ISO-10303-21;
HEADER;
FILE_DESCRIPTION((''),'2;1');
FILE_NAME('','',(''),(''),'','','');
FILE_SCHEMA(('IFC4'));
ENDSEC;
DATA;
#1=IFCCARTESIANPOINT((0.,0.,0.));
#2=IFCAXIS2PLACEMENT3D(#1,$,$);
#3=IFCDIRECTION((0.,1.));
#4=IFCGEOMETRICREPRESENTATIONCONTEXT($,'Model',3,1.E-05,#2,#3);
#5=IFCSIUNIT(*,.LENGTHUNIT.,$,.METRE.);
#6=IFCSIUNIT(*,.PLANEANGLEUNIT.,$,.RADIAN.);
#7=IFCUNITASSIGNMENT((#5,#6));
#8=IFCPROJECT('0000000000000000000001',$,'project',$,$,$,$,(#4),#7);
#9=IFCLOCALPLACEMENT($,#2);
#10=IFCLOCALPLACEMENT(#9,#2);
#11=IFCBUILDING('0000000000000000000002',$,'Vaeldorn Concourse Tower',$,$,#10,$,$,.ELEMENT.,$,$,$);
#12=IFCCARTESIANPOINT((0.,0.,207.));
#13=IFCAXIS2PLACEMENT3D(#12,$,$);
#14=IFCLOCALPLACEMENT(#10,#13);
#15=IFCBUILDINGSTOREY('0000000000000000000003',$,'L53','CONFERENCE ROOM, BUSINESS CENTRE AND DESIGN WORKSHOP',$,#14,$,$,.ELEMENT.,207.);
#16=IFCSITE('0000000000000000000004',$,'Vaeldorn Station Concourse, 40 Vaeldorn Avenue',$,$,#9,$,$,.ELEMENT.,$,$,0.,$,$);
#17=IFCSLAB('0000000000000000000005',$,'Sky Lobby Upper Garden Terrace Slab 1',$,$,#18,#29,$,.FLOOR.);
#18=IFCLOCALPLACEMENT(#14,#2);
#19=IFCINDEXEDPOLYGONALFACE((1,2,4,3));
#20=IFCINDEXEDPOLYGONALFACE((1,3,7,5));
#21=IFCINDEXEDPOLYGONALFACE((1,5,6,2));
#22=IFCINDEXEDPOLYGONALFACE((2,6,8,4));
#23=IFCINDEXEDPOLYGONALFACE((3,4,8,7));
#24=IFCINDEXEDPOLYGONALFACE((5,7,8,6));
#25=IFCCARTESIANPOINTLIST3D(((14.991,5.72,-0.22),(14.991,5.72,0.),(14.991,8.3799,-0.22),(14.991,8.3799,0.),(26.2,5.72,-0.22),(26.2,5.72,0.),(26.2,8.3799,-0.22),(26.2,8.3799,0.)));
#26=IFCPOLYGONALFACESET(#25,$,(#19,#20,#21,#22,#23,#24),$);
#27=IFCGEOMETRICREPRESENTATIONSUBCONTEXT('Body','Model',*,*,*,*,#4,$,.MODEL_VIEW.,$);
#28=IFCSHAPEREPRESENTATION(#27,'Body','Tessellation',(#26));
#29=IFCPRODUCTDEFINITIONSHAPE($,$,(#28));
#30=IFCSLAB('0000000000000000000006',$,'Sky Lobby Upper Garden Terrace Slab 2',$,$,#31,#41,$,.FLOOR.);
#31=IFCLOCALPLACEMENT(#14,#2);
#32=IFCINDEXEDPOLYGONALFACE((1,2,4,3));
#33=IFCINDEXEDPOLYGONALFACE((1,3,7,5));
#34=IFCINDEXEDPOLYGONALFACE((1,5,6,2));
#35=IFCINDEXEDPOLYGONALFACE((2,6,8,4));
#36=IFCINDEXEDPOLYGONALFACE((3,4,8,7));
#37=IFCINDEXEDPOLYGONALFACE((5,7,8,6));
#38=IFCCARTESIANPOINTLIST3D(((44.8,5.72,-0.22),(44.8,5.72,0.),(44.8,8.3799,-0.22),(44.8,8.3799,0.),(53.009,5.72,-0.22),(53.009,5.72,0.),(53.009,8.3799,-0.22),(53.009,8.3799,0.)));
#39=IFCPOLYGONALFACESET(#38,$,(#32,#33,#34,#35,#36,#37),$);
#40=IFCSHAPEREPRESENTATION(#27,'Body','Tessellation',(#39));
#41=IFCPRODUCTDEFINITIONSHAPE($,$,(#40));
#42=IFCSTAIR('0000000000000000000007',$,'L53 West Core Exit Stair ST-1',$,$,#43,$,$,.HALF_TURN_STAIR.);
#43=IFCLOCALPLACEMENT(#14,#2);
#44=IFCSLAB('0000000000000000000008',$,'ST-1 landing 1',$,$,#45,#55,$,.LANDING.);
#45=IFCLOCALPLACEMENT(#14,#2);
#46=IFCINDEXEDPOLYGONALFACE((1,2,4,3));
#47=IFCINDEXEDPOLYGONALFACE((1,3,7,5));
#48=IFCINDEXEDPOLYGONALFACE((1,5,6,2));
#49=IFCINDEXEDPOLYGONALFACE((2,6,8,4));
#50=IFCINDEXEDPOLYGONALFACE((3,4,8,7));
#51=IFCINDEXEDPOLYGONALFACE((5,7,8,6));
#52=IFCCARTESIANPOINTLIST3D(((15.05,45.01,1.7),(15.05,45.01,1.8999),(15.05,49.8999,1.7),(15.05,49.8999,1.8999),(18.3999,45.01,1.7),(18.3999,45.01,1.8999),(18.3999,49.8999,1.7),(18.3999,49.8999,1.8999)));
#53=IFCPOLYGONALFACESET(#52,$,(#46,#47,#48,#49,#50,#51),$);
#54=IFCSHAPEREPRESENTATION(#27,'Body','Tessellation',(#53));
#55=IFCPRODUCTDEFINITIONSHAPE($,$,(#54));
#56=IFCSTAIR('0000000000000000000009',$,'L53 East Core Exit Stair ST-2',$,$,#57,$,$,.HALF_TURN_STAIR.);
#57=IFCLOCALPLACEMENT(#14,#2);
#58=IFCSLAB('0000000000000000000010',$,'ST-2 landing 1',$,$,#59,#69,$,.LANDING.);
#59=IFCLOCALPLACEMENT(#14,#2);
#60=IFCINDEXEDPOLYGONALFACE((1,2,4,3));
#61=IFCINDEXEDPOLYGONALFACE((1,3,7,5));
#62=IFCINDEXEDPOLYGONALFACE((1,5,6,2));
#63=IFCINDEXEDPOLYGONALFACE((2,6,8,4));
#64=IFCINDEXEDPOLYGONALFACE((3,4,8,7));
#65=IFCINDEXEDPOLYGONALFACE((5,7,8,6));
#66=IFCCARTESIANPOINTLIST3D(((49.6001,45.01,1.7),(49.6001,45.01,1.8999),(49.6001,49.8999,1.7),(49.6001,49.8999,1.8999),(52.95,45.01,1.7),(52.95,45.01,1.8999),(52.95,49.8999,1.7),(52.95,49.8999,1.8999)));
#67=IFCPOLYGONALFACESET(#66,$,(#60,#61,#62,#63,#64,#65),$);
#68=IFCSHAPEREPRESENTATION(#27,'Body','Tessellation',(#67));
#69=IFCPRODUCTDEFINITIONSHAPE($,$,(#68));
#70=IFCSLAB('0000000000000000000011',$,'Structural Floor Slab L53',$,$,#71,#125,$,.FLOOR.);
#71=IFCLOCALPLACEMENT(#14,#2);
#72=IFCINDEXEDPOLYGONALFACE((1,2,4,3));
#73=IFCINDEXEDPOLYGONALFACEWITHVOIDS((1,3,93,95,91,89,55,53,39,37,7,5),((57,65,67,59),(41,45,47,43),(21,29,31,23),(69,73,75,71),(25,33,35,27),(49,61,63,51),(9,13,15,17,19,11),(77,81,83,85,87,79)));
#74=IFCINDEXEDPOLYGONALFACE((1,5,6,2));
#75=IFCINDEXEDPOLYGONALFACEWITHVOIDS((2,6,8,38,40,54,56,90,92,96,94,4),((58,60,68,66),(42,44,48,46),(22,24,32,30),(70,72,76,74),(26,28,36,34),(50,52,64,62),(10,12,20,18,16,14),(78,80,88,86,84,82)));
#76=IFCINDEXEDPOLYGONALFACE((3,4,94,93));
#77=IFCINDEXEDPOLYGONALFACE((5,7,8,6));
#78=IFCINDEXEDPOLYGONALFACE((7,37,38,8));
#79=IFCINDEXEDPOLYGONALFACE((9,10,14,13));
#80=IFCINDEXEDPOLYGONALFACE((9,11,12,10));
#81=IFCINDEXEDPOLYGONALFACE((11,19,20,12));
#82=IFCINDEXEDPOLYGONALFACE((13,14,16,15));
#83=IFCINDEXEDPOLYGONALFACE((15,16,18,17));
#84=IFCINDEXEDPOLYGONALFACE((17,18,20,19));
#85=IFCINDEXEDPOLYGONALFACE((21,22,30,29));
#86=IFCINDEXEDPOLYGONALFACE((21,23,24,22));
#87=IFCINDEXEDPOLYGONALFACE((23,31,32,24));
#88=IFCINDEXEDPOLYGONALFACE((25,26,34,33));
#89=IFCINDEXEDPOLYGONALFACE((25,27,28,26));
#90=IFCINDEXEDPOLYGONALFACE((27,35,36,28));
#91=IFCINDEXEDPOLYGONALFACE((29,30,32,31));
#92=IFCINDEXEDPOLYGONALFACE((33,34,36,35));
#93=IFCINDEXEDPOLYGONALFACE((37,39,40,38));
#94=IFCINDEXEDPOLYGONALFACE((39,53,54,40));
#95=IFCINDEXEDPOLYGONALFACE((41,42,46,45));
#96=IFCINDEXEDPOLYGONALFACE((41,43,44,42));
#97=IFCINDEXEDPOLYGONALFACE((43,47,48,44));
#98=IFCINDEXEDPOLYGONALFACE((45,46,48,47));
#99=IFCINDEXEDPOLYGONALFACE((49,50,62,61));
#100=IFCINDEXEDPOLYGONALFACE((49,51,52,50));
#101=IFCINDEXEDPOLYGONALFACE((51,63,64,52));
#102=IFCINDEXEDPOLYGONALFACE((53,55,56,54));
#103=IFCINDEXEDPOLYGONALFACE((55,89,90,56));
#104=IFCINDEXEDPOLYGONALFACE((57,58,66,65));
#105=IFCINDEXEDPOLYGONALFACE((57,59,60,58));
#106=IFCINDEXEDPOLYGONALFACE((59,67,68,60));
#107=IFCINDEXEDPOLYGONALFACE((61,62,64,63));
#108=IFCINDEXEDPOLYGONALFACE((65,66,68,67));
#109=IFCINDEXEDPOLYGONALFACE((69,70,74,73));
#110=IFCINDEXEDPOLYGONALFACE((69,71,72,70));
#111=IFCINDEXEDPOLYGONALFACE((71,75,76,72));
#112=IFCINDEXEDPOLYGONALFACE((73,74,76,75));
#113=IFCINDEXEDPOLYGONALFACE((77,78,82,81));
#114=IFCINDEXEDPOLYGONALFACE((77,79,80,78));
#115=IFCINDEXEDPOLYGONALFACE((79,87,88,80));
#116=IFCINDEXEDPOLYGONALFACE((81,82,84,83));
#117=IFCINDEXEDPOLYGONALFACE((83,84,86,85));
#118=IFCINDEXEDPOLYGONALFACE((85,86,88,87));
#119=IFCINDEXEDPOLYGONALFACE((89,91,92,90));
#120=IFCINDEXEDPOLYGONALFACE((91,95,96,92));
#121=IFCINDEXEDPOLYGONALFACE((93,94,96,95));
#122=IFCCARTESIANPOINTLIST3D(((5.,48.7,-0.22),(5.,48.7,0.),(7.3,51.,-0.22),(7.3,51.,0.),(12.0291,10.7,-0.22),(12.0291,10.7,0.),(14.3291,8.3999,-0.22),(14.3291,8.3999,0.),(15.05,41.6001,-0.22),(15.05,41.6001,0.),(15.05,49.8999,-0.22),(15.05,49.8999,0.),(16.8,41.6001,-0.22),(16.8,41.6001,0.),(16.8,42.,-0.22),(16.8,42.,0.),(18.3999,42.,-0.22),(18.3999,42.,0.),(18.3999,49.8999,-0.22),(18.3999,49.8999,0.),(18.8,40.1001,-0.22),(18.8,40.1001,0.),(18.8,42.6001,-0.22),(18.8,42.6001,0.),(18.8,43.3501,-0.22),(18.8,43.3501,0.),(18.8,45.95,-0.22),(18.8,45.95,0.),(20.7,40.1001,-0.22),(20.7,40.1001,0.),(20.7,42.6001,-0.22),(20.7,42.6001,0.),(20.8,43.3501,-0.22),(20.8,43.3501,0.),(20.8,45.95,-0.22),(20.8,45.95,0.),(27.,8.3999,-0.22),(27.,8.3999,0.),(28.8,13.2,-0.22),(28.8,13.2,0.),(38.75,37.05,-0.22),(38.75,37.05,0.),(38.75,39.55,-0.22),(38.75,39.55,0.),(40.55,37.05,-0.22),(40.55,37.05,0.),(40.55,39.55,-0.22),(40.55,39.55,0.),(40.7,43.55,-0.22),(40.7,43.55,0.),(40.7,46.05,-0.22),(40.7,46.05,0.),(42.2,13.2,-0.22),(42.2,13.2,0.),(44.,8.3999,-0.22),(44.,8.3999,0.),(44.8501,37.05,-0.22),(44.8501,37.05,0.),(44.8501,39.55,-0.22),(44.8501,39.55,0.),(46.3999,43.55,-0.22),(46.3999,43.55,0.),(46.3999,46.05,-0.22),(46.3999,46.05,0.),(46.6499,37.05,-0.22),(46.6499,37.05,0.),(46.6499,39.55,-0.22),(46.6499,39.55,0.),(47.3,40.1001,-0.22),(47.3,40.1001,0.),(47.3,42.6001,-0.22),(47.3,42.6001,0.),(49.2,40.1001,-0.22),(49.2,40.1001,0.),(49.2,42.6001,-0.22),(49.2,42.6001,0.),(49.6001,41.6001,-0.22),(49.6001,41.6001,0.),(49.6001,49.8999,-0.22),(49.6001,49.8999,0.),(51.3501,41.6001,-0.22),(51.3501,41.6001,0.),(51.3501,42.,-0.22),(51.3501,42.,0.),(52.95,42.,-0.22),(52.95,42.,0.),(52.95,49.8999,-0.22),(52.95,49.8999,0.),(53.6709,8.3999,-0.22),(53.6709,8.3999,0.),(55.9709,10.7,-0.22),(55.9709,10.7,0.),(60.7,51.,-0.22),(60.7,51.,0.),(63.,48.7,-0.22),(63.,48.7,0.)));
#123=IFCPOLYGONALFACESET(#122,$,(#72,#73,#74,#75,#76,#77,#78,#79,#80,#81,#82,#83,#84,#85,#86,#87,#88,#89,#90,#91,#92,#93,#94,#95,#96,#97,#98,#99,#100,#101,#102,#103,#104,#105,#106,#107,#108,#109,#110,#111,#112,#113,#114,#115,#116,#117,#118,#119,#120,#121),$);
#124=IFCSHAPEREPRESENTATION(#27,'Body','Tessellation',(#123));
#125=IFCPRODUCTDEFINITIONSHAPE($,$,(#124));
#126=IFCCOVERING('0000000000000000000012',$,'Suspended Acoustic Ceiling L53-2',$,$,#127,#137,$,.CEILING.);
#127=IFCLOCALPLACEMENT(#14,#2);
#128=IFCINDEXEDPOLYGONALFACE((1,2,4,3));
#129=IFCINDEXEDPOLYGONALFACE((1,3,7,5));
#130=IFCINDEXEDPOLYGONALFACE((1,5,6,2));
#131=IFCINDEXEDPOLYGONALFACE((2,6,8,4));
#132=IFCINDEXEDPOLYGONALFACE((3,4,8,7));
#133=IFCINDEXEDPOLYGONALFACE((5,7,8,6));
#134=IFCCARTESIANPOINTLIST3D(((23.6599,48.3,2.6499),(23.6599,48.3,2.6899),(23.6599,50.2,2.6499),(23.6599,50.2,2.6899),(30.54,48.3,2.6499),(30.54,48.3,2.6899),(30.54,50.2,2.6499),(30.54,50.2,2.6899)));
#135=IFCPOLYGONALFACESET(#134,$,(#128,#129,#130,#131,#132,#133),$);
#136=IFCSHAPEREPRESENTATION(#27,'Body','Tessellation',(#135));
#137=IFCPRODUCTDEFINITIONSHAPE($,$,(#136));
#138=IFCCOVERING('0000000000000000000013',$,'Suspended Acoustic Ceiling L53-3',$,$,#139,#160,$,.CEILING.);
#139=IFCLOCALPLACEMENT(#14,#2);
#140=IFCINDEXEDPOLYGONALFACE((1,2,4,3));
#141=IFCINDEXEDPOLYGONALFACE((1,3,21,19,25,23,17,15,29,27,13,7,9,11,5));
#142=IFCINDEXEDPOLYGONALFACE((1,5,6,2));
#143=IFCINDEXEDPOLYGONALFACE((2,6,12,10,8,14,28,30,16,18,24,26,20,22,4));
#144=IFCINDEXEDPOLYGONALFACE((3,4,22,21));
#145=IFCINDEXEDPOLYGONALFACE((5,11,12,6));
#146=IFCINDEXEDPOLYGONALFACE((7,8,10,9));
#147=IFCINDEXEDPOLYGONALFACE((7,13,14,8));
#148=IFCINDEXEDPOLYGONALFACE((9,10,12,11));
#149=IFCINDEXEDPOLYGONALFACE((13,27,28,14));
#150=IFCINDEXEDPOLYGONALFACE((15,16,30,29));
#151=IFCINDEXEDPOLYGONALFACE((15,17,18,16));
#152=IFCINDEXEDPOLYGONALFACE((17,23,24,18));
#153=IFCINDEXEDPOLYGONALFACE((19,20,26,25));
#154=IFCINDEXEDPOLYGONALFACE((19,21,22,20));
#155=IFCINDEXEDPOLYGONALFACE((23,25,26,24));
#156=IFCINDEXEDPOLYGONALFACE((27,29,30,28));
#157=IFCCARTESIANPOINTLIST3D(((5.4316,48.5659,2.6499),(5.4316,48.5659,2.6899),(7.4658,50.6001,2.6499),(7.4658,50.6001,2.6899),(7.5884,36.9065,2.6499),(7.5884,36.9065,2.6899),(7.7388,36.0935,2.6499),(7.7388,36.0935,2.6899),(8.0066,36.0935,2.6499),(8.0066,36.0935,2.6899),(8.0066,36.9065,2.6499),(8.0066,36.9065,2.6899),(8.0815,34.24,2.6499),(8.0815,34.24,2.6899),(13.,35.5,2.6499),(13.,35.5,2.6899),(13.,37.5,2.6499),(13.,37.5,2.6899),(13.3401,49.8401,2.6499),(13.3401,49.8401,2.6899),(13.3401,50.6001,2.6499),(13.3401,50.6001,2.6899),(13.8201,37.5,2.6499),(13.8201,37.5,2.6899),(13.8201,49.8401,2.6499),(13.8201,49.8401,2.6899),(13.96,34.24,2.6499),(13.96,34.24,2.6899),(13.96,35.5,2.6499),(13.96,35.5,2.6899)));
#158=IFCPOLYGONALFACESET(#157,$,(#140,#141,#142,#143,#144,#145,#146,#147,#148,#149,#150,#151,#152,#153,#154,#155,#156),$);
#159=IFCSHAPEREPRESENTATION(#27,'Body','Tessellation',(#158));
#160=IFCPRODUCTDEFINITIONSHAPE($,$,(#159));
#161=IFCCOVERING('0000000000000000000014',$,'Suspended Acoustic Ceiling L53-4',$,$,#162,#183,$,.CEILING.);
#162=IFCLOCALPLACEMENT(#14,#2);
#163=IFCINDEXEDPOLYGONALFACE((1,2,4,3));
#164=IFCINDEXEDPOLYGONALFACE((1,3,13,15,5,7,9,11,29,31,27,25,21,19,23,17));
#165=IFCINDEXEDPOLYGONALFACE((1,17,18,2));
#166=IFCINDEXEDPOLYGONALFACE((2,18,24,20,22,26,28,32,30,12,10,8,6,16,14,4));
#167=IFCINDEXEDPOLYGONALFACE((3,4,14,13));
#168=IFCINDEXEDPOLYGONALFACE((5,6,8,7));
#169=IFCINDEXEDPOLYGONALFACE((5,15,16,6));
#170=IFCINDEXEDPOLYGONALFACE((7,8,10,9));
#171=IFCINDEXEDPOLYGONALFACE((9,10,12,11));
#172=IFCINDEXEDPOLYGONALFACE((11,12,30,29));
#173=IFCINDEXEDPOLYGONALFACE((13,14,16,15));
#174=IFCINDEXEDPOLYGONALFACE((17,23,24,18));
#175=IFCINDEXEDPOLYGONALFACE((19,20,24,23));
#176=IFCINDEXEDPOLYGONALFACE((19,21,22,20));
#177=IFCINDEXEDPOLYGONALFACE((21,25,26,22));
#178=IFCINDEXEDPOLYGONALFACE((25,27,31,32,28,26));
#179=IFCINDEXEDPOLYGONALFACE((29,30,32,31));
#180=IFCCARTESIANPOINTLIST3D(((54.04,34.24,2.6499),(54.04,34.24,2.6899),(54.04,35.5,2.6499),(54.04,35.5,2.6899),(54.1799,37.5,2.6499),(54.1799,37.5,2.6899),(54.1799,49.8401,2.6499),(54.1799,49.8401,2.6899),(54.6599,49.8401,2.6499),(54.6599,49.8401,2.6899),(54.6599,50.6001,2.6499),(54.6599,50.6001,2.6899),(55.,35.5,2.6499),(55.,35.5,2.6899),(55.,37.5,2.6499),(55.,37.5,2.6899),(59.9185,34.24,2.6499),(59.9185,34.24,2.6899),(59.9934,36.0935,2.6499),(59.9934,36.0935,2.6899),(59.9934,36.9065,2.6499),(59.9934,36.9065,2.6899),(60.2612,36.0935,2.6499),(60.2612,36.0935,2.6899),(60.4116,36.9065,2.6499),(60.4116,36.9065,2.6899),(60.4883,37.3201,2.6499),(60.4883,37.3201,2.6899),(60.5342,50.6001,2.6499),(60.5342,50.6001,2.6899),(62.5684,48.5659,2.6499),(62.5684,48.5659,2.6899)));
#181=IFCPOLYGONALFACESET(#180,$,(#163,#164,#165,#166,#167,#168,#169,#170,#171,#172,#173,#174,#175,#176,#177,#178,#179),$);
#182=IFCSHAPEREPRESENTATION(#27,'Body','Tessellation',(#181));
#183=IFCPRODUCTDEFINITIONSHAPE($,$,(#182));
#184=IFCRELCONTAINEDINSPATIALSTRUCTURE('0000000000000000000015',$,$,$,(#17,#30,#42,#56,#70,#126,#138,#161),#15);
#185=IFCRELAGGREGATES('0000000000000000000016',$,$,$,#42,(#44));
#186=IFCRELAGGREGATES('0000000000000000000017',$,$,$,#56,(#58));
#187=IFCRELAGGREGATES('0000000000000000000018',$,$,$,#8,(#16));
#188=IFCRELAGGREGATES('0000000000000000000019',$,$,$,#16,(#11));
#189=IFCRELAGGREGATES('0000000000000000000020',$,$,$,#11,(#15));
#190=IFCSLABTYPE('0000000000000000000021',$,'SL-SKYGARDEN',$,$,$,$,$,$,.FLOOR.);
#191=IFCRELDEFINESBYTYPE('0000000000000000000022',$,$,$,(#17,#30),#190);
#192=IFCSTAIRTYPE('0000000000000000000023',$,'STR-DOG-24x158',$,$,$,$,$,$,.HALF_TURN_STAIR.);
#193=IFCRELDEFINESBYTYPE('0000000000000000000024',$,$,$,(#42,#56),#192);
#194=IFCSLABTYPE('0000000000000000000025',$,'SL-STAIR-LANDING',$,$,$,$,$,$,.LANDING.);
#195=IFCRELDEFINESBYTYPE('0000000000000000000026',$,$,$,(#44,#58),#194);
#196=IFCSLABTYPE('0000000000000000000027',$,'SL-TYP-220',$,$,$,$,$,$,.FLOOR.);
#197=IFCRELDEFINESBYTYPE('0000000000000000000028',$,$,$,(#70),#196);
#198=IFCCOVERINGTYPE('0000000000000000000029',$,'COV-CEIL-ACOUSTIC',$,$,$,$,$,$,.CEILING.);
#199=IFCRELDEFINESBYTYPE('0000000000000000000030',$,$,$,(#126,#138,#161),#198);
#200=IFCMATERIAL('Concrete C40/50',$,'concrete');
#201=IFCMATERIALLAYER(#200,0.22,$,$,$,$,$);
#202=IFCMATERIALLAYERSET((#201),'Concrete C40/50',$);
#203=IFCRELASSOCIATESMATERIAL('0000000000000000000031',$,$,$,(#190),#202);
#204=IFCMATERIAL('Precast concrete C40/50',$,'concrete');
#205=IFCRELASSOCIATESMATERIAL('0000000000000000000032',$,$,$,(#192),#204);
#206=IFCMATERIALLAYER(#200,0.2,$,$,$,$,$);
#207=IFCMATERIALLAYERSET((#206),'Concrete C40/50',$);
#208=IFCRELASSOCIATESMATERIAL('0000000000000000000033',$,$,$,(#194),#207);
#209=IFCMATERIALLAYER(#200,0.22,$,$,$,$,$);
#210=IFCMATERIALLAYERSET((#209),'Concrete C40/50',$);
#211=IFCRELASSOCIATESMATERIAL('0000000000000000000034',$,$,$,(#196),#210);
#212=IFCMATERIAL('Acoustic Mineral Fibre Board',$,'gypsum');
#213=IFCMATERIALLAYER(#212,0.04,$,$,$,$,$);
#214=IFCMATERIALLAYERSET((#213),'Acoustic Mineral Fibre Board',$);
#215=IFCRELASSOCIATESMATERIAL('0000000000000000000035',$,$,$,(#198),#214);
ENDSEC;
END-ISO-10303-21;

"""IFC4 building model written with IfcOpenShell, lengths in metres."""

from ifc_helpers import new_model, si_unit, direction, frame, origin, place, context, subcontext, project, spatial, polyline, outline, extrude, material, layer, layer_set, type_object, element, aggregate, save


model = new_model("IFC4")

# Units and contexts
model_context = context("Model", 3, precision=1e-05, world=origin(), true_north=direction((0.0, 1.0)))
body_context = subcontext(model_context, "Body", "Model", "MODEL_VIEW")
ifc_project = project(units=[si_unit("LENGTHUNIT", "METRE"), si_unit("PLANEANGLEUNIT", "RADIAN")], contexts=[model_context])

# Site, building, storey
site_placement = place(None, origin())
site = spatial("IfcSite", under=ifc_project, at=site_placement, Name="Vaeldorn Station Concourse, 40 Vaeldorn Avenue", CompositionType="ELEMENT", RefElevation=0.0)
building_placement = place(site_placement, origin())
building = spatial("IfcBuilding", under=site, at=building_placement, Name="Vaeldorn Concourse Tower", CompositionType="ELEMENT")
storey_placement = place(building_placement, frame((0.0, 0.0, 207.0)))
storey = spatial("IfcBuildingStorey", under=building, at=storey_placement, Name="L53", Description="CONFERENCE ROOM, BUSINESS CENTRE AND DESIGN WORKSHOP", CompositionType="ELEMENT", Elevation=207.0)

# Slabs
ifc_material_1 = material(Name="Concrete C40/50", Category="concrete")
ifc_layer_1 = layer(ifc_material_1, 0.22)
ifc_layer_set_1 = layer_set([ifc_layer_1], Name="Concrete C40/50")
slab_type_1 = type_object("IfcSlabType", Name="SL-SKYGARDEN", PredefinedType="FLOOR", material=ifc_layer_set_1)
slab_1_placement = place(storey_placement, frame((0.0, 0.0, -0.22)))
element("IfcSlab", 1, at=slab_1_placement, inside=storey, type_object=slab_type_1, Name="Sky Lobby Upper Garden Terrace Slab 1", PredefinedType="FLOOR", context=body_context, shape_type="SweptSolid", body=[
    extrude(outline(polyline([(14.991, 5.72), (26.2, 5.72), (26.2, 8.3799), (14.991, 8.3799), (14.991, 5.72)])), origin(), (0.0, 0.0, 1.0), 0.22),
])
slab_2_placement = place(storey_placement, frame((0.0, 0.0, -0.22)))
element("IfcSlab", 2, at=slab_2_placement, inside=storey, type_object=slab_type_1, Name="Sky Lobby Upper Garden Terrace Slab 2", PredefinedType="FLOOR", context=body_context, shape_type="SweptSolid", body=[
    extrude(outline(polyline([(44.8, 5.72), (53.009, 5.72), (53.009, 8.3799), (44.8, 8.3799), (44.8, 5.72)])), origin(), (0.0, 0.0, 1.0), 0.22),
])

# Stairs, slabs
ifc_material_2 = material(Name="Precast concrete C40/50", Category="concrete")
stair_type = type_object("IfcStairType", Name="STR-DOG-24x158", PredefinedType="HALF_TURN_STAIR", material=ifc_material_2)
stair_1_placement = place(storey_placement, origin())
stair_1 = element("IfcStair", 3, at=stair_1_placement, inside=storey, type_object=stair_type, Name="L53 West Core Exit Stair ST-1", PredefinedType="HALF_TURN_STAIR")
ifc_layer_2 = layer(ifc_material_1, 0.2)
ifc_layer_set_2 = layer_set([ifc_layer_2], Name="Concrete C40/50")
slab_type_2 = type_object("IfcSlabType", Name="SL-STAIR-LANDING", PredefinedType="LANDING", material=ifc_layer_set_2)
slab_3_placement = place(storey_placement, frame((0.0, 0.0, 1.7)))
slab_3 = element("IfcSlab", 4, at=slab_3_placement, type_object=slab_type_2, Name="ST-1 landing 1", PredefinedType="LANDING", context=body_context, shape_type="SweptSolid", body=[
    extrude(outline(polyline([(18.3999, 45.01), (18.3999, 49.8999), (15.05, 49.8999), (15.05, 45.01), (18.3999, 45.01)])), origin(), (0.0, 0.0, 1.0), 0.2),
])
aggregate(stair_1, [slab_3])
stair_2_placement = place(storey_placement, origin())
stair_2 = element("IfcStair", 5, at=stair_2_placement, inside=storey, type_object=stair_type, Name="L53 East Core Exit Stair ST-2", PredefinedType="HALF_TURN_STAIR")
slab_4_placement = place(storey_placement, frame((0.0, 0.0, 1.7)))
slab_4 = element("IfcSlab", 6, at=slab_4_placement, type_object=slab_type_2, Name="ST-2 landing 1", PredefinedType="LANDING", context=body_context, shape_type="SweptSolid", body=[
    extrude(outline(polyline([(52.95, 45.01), (52.95, 49.8999), (49.6001, 49.8999), (49.6001, 45.01), (52.95, 45.01)])), origin(), (0.0, 0.0, 1.0), 0.2),
])
aggregate(stair_2, [slab_4])

# Slab
ifc_layer_3 = layer(ifc_material_1, 0.22)
ifc_layer_set_3 = layer_set([ifc_layer_3], Name="Concrete C40/50")
slab_type_3 = type_object("IfcSlabType", Name="SL-TYP-220", PredefinedType="FLOOR", material=ifc_layer_set_3)
slab_5_placement = place(storey_placement, frame((0.0, 0.0, -0.22)))
element("IfcSlab", 7, at=slab_5_placement, inside=storey, type_object=slab_type_3, Name="Structural Floor Slab L53", PredefinedType="FLOOR", context=body_context, shape_type="SweptSolid", body=[
    extrude(outline(polyline([(14.3291, 8.3999), (27.0, 8.3999), (28.8, 13.2), (42.2, 13.2), (44.0, 8.3999), (53.6709, 8.3999), (55.9709, 10.7), (63.0, 48.7), (60.7, 51.0), (7.3, 51.0), (5.0, 48.7), (12.0291, 10.7), (14.3291, 8.3999)]), holes=[polyline([(18.3999, 42.0), (18.3999, 49.8999), (15.05, 49.8999), (15.05, 41.6001), (16.8, 41.6001), (16.8, 42.0), (18.3999, 42.0)]), polyline([(52.95, 42.0), (52.95, 49.8999), (49.6001, 49.8999), (49.6001, 41.6001), (51.3501, 41.6001), (51.3501, 42.0), (52.95, 42.0)]), polyline([(38.75, 37.05), (40.55, 37.05), (40.55, 39.55), (38.75, 39.55), (38.75, 37.05)]), polyline([(44.8501, 37.05), (46.6499, 37.05), (46.6499, 39.55), (44.8501, 39.55), (44.8501, 37.05)]), polyline([(40.7, 43.55), (46.3999, 43.55), (46.3999, 46.05), (40.7, 46.05), (40.7, 43.55)]), polyline([(18.8, 43.3501), (20.8, 43.3501), (20.8, 45.95), (18.8, 45.95), (18.8, 43.3501)]), polyline([(18.8, 40.1001), (20.7, 40.1001), (20.7, 42.6001), (18.8, 42.6001), (18.8, 40.1001)]), polyline([(47.3, 40.1001), (49.2, 40.1001), (49.2, 42.6001), (47.3, 42.6001), (47.3, 40.1001)])]), origin(), (0.0, 0.0, 1.0), 0.22),
])

# Coverings
ifc_material_3 = material(Name="Acoustic Mineral Fibre Board", Category="gypsum")
ifc_layer_4 = layer(ifc_material_3, 0.04)
ifc_layer_set_4 = layer_set([ifc_layer_4], Name="Acoustic Mineral Fibre Board")
covering_type_1 = type_object("IfcCoveringType", Name="COV-CEIL-ACOUSTIC", PredefinedType="CEILING", material=ifc_layer_set_4)
covering_1_placement = place(storey_placement, frame((0.0, 0.0, 2.6499)))
element("IfcCovering", 8, at=covering_1_placement, inside=storey, type_object=covering_type_1, Name="Suspended Acoustic Ceiling L53-2", PredefinedType="CEILING", context=body_context, shape_type="SweptSolid", body=[
    extrude(outline(polyline([(30.54, 50.2), (30.54, 48.3), (23.6599, 48.3), (23.6599, 50.2), (30.54, 50.2)])), origin(), (0.0, 0.0, 1.0), 0.04),
])
covering_2_placement = place(storey_placement, frame((0.0, 0.0, 2.6499)))
element("IfcCovering", 9, at=covering_2_placement, inside=storey, type_object=covering_type_1, Name="Suspended Acoustic Ceiling L53-3", PredefinedType="CEILING", context=body_context, shape_type="SweptSolid", body=[
    extrude(outline(polyline([(7.4658, 50.6001), (13.3401, 50.6001), (13.3401, 49.8401), (13.8201, 49.8401), (13.8201, 37.5), (13.0, 37.5), (13.0, 35.5), (13.96, 35.5), (13.96, 34.24), (8.0815, 34.24), (7.7388, 36.0935), (8.0066, 36.0935), (8.0066, 36.9065), (7.5884, 36.9065), (5.4316, 48.5659), (7.4658, 50.6001)])), origin(), (0.0, 0.0, 1.0), 0.04),
])
covering_3_placement = place(storey_placement, frame((0.0, 0.0, 2.6499)))
element("IfcCovering", 10, at=covering_3_placement, inside=storey, type_object=covering_type_1, Name="Suspended Acoustic Ceiling L53-4", PredefinedType="CEILING", context=body_context, shape_type="SweptSolid", body=[
    extrude(outline(polyline([(54.1799, 49.8401), (54.6599, 49.8401), (54.6599, 50.6001), (60.5342, 50.6001), (62.5684, 48.5659), (60.4883, 37.3201), (60.4883, 37.3201), (60.4116, 36.9065), (59.9934, 36.9065), (59.9934, 36.0935), (60.2612, 36.0935), (59.9185, 34.24), (54.04, 34.24), (54.04, 35.5), (55.0, 35.5), (55.0, 37.5), (54.1799, 37.5), (54.1799, 49.8401)])), origin(), (0.0, 0.0, 1.0), 0.04),
])

save(model, "model.ifc")
